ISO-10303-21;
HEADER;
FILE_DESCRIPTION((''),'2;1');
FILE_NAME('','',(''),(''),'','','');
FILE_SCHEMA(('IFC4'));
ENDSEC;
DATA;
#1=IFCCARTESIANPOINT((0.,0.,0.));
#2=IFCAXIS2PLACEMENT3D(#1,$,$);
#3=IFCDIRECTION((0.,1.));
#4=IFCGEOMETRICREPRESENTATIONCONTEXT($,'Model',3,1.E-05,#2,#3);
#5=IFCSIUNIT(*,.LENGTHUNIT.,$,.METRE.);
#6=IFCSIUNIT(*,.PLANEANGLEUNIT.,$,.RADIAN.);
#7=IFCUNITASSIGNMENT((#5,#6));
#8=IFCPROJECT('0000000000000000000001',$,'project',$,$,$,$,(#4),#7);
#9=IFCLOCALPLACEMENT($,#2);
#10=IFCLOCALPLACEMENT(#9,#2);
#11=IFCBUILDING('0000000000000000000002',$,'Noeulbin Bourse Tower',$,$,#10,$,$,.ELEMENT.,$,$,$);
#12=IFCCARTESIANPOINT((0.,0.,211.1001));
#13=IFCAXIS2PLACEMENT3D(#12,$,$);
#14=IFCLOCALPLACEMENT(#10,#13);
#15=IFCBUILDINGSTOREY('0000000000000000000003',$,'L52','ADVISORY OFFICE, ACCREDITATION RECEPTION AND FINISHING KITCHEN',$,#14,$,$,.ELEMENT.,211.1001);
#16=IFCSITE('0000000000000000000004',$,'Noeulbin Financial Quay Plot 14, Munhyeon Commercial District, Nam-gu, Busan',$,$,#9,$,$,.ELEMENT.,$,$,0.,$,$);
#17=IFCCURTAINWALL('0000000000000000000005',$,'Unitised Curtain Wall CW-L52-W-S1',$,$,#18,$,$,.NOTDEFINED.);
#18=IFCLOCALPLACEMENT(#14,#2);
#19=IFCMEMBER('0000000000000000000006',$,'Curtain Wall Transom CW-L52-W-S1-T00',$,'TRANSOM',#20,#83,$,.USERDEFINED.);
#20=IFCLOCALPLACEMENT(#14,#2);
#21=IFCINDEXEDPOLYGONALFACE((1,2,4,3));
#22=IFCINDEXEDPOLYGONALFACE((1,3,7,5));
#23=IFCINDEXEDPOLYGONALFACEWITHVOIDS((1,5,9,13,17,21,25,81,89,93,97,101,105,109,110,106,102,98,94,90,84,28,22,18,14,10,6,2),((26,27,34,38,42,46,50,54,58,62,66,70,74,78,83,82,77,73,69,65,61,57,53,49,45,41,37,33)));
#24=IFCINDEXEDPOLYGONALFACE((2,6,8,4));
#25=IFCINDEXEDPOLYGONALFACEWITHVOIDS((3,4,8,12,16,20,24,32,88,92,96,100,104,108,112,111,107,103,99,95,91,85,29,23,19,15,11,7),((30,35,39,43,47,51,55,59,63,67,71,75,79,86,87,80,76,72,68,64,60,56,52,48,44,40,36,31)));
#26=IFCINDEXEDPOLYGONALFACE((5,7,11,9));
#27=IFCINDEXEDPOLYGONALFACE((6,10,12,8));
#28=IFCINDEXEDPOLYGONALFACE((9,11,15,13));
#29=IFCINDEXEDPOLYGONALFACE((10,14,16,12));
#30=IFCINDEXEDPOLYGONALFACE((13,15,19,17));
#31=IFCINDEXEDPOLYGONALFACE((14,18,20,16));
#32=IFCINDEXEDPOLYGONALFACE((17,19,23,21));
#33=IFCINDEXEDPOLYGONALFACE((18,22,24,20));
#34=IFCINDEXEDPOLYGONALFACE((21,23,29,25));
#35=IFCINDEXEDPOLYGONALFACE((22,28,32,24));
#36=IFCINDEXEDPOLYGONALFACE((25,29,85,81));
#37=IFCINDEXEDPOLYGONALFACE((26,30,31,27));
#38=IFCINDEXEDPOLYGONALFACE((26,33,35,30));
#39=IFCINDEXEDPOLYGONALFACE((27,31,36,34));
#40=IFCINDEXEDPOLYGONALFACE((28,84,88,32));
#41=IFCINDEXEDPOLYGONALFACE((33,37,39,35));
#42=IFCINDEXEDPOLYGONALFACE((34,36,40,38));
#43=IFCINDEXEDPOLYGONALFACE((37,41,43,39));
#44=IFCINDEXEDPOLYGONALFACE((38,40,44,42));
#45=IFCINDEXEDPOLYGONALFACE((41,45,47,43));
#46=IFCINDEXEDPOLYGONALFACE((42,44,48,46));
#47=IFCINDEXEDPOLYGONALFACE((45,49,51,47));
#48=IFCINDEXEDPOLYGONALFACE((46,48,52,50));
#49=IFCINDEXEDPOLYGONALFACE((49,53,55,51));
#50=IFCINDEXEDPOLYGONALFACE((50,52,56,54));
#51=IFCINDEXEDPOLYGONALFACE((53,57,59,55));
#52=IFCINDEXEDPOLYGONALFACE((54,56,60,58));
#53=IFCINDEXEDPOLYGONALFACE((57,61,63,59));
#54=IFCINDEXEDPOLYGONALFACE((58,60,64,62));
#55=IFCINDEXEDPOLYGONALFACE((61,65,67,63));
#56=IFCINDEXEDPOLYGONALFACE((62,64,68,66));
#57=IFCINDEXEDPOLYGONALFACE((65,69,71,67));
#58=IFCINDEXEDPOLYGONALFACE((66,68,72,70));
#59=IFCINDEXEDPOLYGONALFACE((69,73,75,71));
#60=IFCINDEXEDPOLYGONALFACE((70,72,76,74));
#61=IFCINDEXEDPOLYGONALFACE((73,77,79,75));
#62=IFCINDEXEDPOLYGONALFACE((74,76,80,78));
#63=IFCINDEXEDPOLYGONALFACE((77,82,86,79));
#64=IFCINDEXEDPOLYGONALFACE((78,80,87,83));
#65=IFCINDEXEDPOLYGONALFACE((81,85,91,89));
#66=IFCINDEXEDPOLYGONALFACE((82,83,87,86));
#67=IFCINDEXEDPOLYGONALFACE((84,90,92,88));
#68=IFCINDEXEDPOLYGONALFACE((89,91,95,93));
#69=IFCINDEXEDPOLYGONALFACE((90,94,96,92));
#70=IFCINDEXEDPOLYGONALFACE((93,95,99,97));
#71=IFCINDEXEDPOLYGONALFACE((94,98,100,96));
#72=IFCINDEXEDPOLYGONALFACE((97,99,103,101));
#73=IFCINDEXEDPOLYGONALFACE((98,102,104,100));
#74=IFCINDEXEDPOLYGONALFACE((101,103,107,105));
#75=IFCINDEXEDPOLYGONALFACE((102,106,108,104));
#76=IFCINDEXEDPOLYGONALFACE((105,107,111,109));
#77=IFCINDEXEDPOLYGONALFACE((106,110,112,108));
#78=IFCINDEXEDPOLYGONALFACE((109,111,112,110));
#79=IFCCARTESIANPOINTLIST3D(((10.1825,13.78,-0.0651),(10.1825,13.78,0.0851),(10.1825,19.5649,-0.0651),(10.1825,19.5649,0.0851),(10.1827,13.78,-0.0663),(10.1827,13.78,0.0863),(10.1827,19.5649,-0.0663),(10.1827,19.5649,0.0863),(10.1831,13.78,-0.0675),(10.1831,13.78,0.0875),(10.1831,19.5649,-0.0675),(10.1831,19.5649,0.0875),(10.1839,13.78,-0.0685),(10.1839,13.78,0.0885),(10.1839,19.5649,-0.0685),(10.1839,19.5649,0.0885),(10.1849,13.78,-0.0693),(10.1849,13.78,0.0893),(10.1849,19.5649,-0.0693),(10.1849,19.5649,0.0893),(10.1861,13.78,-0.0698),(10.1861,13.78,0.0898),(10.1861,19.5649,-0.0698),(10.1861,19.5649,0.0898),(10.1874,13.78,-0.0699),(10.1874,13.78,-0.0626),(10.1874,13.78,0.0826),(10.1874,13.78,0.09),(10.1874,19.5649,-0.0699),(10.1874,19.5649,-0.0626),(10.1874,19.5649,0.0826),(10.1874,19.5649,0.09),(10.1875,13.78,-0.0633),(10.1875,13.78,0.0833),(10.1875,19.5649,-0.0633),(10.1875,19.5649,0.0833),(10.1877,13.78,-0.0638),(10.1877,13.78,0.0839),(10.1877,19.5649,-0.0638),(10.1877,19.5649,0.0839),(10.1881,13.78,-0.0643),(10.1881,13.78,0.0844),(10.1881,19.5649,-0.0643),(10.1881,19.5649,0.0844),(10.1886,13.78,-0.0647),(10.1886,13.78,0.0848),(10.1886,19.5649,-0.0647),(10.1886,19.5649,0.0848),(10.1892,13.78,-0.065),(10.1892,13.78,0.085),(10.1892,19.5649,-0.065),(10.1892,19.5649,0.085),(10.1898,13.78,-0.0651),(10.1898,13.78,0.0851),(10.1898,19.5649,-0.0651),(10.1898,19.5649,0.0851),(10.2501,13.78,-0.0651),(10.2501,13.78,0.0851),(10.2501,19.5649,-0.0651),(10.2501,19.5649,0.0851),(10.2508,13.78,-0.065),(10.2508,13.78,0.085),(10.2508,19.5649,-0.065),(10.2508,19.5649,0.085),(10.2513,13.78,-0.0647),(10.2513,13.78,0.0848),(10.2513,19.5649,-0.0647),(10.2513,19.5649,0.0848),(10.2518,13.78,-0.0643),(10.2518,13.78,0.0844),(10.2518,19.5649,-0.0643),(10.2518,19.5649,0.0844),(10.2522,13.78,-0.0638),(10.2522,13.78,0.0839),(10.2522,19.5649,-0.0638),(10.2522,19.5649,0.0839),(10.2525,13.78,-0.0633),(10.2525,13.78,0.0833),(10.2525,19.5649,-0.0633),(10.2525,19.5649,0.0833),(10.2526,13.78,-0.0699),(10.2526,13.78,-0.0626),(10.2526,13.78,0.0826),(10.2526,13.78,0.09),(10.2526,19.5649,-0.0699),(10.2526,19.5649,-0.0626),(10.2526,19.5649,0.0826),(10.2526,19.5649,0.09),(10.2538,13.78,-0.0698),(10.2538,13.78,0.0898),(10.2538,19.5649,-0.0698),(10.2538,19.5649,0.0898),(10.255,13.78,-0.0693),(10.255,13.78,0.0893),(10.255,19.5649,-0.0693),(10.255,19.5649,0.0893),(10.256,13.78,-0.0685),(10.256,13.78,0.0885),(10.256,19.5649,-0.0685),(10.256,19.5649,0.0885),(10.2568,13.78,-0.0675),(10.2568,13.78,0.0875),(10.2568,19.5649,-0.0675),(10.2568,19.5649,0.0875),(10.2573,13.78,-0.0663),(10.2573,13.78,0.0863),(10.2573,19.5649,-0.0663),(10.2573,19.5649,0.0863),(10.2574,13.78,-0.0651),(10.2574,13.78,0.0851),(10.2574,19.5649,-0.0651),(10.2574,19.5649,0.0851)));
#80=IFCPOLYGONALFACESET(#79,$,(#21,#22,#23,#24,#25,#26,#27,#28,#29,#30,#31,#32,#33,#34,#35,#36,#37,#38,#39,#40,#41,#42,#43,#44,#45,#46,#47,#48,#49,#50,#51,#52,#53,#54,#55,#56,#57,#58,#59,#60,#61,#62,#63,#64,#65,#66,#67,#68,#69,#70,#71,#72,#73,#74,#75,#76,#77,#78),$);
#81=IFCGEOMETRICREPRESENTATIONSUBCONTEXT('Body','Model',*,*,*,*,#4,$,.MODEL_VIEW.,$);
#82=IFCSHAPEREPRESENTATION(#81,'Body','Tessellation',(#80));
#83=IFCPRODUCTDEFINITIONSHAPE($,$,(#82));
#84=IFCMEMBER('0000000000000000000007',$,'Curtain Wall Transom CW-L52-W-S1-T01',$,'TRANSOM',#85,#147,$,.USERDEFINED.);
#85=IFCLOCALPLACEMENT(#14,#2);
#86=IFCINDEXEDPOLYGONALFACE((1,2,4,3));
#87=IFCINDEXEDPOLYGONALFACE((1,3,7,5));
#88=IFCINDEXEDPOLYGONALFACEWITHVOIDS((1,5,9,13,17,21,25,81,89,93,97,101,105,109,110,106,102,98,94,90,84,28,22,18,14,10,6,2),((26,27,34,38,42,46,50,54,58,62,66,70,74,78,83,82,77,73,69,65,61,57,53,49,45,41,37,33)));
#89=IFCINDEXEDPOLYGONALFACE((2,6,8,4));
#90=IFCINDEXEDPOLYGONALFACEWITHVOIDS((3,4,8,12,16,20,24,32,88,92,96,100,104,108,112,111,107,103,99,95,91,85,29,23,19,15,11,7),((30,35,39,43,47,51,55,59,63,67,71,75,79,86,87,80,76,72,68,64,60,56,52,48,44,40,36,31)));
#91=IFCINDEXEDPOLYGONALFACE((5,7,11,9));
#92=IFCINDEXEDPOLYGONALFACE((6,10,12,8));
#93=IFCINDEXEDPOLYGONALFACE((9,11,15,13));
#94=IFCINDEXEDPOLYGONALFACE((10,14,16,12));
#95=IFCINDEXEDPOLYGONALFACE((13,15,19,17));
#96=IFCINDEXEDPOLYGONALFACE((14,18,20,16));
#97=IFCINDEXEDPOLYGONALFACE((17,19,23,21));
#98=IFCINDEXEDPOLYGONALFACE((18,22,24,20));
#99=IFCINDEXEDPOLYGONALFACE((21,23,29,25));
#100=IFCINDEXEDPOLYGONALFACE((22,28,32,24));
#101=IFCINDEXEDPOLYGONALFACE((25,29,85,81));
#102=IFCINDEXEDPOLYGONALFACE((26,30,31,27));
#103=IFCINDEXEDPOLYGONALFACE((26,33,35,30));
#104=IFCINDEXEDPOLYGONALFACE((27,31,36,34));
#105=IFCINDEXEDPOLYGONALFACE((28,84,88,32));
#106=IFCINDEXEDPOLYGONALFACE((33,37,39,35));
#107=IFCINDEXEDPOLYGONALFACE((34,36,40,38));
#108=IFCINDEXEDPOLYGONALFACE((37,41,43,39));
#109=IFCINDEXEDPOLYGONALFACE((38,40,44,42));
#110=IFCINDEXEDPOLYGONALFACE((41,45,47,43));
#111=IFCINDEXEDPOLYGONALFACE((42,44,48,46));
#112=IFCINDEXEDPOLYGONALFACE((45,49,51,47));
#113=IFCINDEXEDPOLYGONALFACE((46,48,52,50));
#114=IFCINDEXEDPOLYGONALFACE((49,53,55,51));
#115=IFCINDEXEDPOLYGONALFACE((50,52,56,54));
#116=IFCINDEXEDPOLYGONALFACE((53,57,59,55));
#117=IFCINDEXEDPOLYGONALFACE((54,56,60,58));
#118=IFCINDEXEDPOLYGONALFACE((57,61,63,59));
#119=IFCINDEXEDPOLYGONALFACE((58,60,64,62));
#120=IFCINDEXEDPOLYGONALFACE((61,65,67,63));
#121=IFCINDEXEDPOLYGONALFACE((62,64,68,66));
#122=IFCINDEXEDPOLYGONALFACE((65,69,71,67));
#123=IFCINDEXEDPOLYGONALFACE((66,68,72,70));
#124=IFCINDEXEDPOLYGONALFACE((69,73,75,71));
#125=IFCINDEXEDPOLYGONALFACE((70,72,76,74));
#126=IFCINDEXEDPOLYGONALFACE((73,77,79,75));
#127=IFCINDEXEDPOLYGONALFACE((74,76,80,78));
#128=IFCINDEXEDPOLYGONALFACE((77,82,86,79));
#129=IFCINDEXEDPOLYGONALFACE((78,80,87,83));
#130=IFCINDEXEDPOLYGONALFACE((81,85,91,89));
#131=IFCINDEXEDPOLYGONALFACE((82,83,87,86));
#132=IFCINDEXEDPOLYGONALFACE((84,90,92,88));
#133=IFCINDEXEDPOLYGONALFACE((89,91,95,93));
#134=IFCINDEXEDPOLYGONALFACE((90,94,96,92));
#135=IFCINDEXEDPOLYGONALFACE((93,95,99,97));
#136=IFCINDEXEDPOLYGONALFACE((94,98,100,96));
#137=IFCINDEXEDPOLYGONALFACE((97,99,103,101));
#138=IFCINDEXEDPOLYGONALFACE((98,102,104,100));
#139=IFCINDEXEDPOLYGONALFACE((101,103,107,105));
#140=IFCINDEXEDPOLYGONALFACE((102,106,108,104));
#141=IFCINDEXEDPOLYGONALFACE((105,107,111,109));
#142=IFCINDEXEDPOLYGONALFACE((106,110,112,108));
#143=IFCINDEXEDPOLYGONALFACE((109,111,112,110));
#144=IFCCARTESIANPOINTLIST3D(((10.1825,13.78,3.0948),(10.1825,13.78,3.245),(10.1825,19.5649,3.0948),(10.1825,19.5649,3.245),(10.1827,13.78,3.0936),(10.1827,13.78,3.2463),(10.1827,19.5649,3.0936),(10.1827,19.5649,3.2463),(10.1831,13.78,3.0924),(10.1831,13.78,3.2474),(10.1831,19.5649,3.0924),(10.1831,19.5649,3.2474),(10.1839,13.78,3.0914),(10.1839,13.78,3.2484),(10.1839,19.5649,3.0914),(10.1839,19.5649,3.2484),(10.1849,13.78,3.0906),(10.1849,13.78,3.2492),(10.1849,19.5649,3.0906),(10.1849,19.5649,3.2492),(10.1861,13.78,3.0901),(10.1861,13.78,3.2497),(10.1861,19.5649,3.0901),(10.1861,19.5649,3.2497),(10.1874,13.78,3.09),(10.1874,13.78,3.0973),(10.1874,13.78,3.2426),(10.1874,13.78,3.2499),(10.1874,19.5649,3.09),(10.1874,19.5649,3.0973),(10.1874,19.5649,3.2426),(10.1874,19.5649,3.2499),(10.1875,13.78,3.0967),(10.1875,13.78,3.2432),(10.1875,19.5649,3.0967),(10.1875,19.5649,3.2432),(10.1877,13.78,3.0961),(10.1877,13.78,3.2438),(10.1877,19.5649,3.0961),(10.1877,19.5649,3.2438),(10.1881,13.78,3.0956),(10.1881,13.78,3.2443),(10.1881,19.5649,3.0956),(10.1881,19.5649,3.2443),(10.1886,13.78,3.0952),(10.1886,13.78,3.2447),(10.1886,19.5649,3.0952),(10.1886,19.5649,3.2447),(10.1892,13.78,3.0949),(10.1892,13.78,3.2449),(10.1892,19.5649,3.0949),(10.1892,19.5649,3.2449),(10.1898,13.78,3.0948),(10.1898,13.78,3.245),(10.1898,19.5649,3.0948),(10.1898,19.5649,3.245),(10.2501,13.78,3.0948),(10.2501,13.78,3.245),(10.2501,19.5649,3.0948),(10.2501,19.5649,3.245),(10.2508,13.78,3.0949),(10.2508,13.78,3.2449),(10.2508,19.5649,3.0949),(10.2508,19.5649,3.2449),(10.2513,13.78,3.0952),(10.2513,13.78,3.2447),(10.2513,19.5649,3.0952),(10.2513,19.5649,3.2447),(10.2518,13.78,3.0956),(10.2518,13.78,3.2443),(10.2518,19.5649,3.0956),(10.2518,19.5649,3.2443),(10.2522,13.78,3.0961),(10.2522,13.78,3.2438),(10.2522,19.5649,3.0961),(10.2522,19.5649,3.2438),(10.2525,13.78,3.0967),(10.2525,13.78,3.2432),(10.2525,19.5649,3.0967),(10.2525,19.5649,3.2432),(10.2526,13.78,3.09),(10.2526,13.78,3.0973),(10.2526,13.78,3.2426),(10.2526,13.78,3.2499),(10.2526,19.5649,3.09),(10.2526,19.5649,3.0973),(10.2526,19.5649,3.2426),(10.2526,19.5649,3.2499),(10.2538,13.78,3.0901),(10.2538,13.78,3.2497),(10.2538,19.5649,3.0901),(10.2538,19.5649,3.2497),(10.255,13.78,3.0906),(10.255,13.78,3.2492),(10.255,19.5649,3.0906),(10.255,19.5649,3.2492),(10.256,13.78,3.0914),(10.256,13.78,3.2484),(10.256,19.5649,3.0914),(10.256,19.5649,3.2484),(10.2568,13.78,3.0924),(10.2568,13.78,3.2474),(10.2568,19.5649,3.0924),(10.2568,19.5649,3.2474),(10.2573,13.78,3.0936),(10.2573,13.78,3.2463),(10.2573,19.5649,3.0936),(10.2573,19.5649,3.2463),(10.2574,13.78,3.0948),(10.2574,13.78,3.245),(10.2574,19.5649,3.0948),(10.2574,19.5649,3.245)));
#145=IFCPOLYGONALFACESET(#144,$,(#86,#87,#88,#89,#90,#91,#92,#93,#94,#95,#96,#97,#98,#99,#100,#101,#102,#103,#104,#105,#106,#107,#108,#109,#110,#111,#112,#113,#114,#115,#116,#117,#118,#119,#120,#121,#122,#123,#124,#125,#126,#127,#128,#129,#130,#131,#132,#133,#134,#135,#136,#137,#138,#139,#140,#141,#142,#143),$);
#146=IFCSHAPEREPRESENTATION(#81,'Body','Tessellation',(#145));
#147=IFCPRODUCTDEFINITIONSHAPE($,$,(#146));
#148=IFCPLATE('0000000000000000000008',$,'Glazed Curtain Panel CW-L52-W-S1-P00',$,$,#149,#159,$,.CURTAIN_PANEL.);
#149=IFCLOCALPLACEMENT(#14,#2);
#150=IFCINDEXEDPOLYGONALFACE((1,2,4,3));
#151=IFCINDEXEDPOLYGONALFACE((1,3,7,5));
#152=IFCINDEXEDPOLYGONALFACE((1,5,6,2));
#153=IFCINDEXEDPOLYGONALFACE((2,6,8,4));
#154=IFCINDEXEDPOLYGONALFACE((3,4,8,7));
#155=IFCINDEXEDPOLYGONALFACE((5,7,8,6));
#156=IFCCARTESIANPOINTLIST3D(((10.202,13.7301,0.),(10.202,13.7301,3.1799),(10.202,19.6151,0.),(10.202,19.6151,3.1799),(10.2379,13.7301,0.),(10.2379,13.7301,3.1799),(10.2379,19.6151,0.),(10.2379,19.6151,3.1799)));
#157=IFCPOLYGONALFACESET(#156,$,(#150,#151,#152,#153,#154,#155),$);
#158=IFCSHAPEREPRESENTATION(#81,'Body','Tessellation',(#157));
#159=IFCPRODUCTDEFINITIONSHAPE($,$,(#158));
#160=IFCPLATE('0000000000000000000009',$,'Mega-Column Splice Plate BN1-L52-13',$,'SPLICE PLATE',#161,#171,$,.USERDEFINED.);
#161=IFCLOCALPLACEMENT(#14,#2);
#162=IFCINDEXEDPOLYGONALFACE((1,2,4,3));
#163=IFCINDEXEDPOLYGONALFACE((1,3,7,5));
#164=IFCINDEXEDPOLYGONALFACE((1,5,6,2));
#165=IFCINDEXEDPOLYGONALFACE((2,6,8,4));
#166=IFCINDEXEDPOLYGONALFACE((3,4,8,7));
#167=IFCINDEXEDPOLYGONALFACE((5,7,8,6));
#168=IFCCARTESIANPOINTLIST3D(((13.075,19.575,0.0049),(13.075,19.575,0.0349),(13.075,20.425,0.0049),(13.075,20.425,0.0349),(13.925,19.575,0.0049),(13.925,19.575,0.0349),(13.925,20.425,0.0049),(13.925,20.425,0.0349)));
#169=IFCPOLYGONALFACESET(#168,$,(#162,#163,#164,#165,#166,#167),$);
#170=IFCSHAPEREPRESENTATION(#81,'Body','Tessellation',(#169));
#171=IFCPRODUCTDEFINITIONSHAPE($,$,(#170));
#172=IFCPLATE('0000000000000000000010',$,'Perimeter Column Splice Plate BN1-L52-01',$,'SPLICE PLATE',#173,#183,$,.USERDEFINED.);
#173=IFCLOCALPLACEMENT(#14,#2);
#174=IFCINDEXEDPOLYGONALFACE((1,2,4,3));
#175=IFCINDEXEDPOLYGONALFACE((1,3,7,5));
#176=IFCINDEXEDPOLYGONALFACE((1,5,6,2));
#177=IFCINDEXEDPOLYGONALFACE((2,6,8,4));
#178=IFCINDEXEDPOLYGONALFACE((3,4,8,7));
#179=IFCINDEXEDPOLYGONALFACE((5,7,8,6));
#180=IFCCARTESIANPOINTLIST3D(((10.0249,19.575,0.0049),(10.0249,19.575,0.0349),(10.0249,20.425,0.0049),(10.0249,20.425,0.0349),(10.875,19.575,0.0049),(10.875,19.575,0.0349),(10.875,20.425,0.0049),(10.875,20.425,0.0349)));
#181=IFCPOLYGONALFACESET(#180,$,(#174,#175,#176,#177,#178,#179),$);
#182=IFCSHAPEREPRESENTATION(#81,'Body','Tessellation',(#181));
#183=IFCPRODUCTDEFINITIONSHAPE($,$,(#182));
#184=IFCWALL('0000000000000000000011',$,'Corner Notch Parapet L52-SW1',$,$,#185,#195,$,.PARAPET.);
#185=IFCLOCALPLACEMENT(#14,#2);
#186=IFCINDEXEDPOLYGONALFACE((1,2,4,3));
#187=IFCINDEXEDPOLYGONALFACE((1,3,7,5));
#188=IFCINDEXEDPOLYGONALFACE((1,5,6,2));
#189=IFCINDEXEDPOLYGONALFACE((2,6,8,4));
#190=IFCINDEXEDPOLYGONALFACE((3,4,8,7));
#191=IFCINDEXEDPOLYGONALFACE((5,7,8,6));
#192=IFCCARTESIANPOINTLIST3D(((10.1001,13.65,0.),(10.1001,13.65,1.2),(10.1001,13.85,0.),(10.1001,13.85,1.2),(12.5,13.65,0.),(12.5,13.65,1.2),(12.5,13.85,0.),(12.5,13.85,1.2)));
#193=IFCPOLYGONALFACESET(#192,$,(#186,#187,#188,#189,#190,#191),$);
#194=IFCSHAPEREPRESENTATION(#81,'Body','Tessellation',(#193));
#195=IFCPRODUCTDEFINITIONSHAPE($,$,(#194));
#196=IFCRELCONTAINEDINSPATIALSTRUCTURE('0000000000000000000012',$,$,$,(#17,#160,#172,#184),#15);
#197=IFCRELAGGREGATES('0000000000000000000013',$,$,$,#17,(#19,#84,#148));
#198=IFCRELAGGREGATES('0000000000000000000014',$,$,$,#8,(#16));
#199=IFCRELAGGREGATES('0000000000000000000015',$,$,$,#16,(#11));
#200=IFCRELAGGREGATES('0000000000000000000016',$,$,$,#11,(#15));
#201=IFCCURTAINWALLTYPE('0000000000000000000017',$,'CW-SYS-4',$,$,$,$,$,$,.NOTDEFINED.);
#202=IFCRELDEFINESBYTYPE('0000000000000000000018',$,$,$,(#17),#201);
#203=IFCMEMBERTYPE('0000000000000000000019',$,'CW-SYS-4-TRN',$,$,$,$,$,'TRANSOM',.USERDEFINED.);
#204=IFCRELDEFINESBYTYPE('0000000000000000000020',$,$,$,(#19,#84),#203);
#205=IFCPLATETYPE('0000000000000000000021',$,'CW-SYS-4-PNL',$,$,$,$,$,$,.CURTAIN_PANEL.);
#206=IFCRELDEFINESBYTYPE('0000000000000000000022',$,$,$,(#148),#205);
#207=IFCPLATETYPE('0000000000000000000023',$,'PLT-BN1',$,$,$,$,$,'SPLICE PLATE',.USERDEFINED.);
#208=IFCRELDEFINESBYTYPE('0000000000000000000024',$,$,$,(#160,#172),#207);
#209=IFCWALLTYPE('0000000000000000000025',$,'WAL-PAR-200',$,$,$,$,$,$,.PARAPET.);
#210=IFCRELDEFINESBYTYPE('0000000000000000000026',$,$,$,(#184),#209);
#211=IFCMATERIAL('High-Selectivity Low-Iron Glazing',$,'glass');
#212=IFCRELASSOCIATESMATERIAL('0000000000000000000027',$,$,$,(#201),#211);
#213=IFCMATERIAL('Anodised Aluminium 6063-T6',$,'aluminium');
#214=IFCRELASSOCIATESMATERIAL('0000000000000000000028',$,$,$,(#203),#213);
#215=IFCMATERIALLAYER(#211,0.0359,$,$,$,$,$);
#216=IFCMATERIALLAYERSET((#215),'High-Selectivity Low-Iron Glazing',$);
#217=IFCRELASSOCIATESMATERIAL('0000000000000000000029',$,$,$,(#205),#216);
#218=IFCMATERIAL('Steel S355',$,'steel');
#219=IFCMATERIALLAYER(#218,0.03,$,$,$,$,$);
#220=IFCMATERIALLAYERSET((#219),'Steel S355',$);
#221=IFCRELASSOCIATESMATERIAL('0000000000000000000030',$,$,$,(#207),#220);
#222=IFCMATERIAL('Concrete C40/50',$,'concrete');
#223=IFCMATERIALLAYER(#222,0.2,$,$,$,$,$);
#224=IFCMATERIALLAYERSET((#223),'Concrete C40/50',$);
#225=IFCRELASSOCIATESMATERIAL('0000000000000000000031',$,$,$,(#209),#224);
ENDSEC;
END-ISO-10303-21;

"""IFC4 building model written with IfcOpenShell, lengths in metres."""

from ifc_helpers import new_model, si_unit, direction, frame, frame_2d, origin, origin_2d, place, context, subcontext, project, spatial, rectangle, hollow_rectangle, extrude, material, layer, layer_set, material_profile, profile_set, type_object, element, aggregate, save


model = new_model("IFC4")

# Units and contexts
model_context = context("Model", 3, precision=1e-05, world=origin(), true_north=direction((0.0, 1.0)))
body_context = subcontext(model_context, "Body", "Model", "MODEL_VIEW")
ifc_project = project(units=[si_unit("LENGTHUNIT", "METRE"), si_unit("PLANEANGLEUNIT", "RADIAN")], contexts=[model_context])

# Site, building, storey
site_placement = place(None, origin())
site = spatial("IfcSite", under=ifc_project, at=site_placement, Name="Noeulbin Financial Quay Plot 14, Munhyeon Commercial District, Nam-gu, Busan", CompositionType="ELEMENT", RefElevation=0.0)
building_placement = place(site_placement, origin())
building = spatial("IfcBuilding", under=site, at=building_placement, Name="Noeulbin Bourse Tower", CompositionType="ELEMENT")
storey_placement = place(building_placement, frame((0.0, 0.0, 211.1001)))
storey = spatial("IfcBuildingStorey", under=building, at=storey_placement, Name="L52", Description="ADVISORY OFFICE, ACCREDITATION RECEPTION AND FINISHING KITCHEN", CompositionType="ELEMENT", Elevation=211.1001)

# Shared definitions
ifc_material_1 = material(Name="Steel S355", Category="steel")

# Curtain wall, members, plate
ifc_material_2 = material(Name="High-Selectivity Low-Iron Glazing", Category="glass")
curtain_wall_type = type_object("IfcCurtainWallType", Name="CW-SYS-4", PredefinedType="NOTDEFINED", material=ifc_material_2)
curtain_wall_placement = place(storey_placement, origin())
curtain_wall = element("IfcCurtainWall", 1, at=curtain_wall_placement, inside=storey, type_object=curtain_wall_type, Name="Unitised Curtain Wall CW-L52-W-S1", PredefinedType="NOTDEFINED")
ifc_material_3 = material(Name="Anodised Aluminium 6063-T6", Category="aluminium")
ifc_material_profile_1 = material_profile(ifc_material_3, hollow_rectangle(XDim=0.075, YDim=0.1599, WallThickness=0.0049, InnerFilletRadius=0.0024, OuterFilletRadius=0.0049, at=origin_2d()), Name="ALU-TRAN-75x160x5", Category="LoadBearing")
ifc_profile_set_1 = profile_set([ifc_material_profile_1], Name="Anodised Aluminium 6063-T6")
member_type_1 = type_object("IfcMemberType", Name="CW-SYS-4-TRN", ElementType="TRANSOM", PredefinedType="USERDEFINED", material=ifc_profile_set_1)
member_1_placement = place(storey_placement, frame((10.22, 13.78, 0.01), z_axis=(0.0, 1.0, 0.0), x_axis=(-1.0, 0.0, 0.0)))
member_1 = element("IfcMember", 2, at=member_1_placement, type_object=member_type_1, Name="Curtain Wall Transom CW-L52-W-S1-T00", ObjectType="TRANSOM", PredefinedType="USERDEFINED", context=body_context, shape_type="SweptSolid", body=[
    extrude(hollow_rectangle(XDim=0.075, YDim=0.1599, WallThickness=0.0049, InnerFilletRadius=0.0024, OuterFilletRadius=0.0049, at=origin_2d()), origin(), (0.0, 0.0, 1.0), 5.7849),
])
member_2_placement = place(storey_placement, frame((10.22, 13.78, 3.1699), z_axis=(0.0, 1.0, 0.0), x_axis=(-1.0, 0.0, 0.0)))
member_2 = element("IfcMember", 3, at=member_2_placement, type_object=member_type_1, Name="Curtain Wall Transom CW-L52-W-S1-T01", ObjectType="TRANSOM", PredefinedType="USERDEFINED", context=body_context, shape_type="SweptSolid", body=[
    extrude(hollow_rectangle(XDim=0.075, YDim=0.1599, WallThickness=0.0049, InnerFilletRadius=0.0024, OuterFilletRadius=0.0049, at=origin_2d()), origin(), (0.0, 0.0, 1.0), 5.7849),
])
ifc_layer_1 = layer(ifc_material_2, 0.0359)
ifc_layer_set_1 = layer_set([ifc_layer_1], Name="High-Selectivity Low-Iron Glazing")
plate_type_1 = type_object("IfcPlateType", Name="CW-SYS-4-PNL", PredefinedType="CURTAIN_PANEL", material=ifc_layer_set_1)
plate_placement = place(storey_placement, frame((10.22, 16.6726, 0.0), z_axis=(0.0, 0.0, 1.0), x_axis=(0.0, 1.0, 0.0)))
plate = element("IfcPlate", 4, at=plate_placement, type_object=plate_type_1, Name="Glazed Curtain Panel CW-L52-W-S1-P00", PredefinedType="CURTAIN_PANEL", context=body_context, shape_type="SweptSolid", body=[
    extrude(rectangle(XDim=5.885, YDim=0.0359, at=origin_2d()), origin(), (0.0, 0.0, 1.0), 3.1799),
])
aggregate(curtain_wall, [member_1, member_2, plate])

# Plates
ifc_layer_2 = layer(ifc_material_1, 0.03)
ifc_layer_set_2 = layer_set([ifc_layer_2], Name="Steel S355")
plate_type_2 = type_object("IfcPlateType", Name="PLT-BN1", ElementType="SPLICE PLATE", PredefinedType="USERDEFINED", material=ifc_layer_set_2)
for number, where, z_axis, x_axis, name in (
    (5, (13.5, 20.0, 0.0049), (0.0, 0.0, 1.0), (1.0, 0.0, 0.0), "Mega-Column Splice Plate BN1-L52-13"),
    (6, (10.45, 20.0, 0.0049), (0.0, 0.0, 1.0), (1.0, 0.0, 0.0), "Perimeter Column Splice Plate BN1-L52-01"),
):
    element("IfcPlate", number, at=place(storey_placement, frame(where, z_axis=z_axis, x_axis=x_axis)), inside=storey, type_object=plate_type_2, Name=name, ObjectType="SPLICE PLATE", PredefinedType="USERDEFINED", context=body_context, shape_type="SweptSolid", body=[
        extrude(rectangle(XDim=0.8501, YDim=0.8501, at=origin_2d()), origin(), (0.0, 0.0, 1.0), 0.03),
    ])

# Wall
ifc_material_4 = material(Name="Concrete C40/50", Category="concrete")
ifc_layer_3 = layer(ifc_material_4, 0.2)
ifc_layer_set_3 = layer_set([ifc_layer_3], Name="Concrete C40/50")
wall_type_1 = type_object("IfcWallType", Name="WAL-PAR-200", PredefinedType="PARAPET", material=ifc_layer_set_3)
for number, where, z_axis, x_axis, name in (
    (7, (10.1001, 13.75, 0.0), (0.0, 0.0, 1.0), (1.0, 0.0, 0.0), "Corner Notch Parapet L52-SW1"),
):
    element("IfcWall", number, at=place(storey_placement, frame(where, z_axis=z_axis, x_axis=x_axis)), inside=storey, type_object=wall_type_1, Name=name, PredefinedType="PARAPET", context=body_context, shape_type="SweptSolid", body=[
        extrude(rectangle(XDim=2.3999, YDim=0.2, at=frame_2d((1.2, 0.0))), origin(), (0.0, 0.0, 1.0), 1.2),
    ])

save(model, "model.ifc")
